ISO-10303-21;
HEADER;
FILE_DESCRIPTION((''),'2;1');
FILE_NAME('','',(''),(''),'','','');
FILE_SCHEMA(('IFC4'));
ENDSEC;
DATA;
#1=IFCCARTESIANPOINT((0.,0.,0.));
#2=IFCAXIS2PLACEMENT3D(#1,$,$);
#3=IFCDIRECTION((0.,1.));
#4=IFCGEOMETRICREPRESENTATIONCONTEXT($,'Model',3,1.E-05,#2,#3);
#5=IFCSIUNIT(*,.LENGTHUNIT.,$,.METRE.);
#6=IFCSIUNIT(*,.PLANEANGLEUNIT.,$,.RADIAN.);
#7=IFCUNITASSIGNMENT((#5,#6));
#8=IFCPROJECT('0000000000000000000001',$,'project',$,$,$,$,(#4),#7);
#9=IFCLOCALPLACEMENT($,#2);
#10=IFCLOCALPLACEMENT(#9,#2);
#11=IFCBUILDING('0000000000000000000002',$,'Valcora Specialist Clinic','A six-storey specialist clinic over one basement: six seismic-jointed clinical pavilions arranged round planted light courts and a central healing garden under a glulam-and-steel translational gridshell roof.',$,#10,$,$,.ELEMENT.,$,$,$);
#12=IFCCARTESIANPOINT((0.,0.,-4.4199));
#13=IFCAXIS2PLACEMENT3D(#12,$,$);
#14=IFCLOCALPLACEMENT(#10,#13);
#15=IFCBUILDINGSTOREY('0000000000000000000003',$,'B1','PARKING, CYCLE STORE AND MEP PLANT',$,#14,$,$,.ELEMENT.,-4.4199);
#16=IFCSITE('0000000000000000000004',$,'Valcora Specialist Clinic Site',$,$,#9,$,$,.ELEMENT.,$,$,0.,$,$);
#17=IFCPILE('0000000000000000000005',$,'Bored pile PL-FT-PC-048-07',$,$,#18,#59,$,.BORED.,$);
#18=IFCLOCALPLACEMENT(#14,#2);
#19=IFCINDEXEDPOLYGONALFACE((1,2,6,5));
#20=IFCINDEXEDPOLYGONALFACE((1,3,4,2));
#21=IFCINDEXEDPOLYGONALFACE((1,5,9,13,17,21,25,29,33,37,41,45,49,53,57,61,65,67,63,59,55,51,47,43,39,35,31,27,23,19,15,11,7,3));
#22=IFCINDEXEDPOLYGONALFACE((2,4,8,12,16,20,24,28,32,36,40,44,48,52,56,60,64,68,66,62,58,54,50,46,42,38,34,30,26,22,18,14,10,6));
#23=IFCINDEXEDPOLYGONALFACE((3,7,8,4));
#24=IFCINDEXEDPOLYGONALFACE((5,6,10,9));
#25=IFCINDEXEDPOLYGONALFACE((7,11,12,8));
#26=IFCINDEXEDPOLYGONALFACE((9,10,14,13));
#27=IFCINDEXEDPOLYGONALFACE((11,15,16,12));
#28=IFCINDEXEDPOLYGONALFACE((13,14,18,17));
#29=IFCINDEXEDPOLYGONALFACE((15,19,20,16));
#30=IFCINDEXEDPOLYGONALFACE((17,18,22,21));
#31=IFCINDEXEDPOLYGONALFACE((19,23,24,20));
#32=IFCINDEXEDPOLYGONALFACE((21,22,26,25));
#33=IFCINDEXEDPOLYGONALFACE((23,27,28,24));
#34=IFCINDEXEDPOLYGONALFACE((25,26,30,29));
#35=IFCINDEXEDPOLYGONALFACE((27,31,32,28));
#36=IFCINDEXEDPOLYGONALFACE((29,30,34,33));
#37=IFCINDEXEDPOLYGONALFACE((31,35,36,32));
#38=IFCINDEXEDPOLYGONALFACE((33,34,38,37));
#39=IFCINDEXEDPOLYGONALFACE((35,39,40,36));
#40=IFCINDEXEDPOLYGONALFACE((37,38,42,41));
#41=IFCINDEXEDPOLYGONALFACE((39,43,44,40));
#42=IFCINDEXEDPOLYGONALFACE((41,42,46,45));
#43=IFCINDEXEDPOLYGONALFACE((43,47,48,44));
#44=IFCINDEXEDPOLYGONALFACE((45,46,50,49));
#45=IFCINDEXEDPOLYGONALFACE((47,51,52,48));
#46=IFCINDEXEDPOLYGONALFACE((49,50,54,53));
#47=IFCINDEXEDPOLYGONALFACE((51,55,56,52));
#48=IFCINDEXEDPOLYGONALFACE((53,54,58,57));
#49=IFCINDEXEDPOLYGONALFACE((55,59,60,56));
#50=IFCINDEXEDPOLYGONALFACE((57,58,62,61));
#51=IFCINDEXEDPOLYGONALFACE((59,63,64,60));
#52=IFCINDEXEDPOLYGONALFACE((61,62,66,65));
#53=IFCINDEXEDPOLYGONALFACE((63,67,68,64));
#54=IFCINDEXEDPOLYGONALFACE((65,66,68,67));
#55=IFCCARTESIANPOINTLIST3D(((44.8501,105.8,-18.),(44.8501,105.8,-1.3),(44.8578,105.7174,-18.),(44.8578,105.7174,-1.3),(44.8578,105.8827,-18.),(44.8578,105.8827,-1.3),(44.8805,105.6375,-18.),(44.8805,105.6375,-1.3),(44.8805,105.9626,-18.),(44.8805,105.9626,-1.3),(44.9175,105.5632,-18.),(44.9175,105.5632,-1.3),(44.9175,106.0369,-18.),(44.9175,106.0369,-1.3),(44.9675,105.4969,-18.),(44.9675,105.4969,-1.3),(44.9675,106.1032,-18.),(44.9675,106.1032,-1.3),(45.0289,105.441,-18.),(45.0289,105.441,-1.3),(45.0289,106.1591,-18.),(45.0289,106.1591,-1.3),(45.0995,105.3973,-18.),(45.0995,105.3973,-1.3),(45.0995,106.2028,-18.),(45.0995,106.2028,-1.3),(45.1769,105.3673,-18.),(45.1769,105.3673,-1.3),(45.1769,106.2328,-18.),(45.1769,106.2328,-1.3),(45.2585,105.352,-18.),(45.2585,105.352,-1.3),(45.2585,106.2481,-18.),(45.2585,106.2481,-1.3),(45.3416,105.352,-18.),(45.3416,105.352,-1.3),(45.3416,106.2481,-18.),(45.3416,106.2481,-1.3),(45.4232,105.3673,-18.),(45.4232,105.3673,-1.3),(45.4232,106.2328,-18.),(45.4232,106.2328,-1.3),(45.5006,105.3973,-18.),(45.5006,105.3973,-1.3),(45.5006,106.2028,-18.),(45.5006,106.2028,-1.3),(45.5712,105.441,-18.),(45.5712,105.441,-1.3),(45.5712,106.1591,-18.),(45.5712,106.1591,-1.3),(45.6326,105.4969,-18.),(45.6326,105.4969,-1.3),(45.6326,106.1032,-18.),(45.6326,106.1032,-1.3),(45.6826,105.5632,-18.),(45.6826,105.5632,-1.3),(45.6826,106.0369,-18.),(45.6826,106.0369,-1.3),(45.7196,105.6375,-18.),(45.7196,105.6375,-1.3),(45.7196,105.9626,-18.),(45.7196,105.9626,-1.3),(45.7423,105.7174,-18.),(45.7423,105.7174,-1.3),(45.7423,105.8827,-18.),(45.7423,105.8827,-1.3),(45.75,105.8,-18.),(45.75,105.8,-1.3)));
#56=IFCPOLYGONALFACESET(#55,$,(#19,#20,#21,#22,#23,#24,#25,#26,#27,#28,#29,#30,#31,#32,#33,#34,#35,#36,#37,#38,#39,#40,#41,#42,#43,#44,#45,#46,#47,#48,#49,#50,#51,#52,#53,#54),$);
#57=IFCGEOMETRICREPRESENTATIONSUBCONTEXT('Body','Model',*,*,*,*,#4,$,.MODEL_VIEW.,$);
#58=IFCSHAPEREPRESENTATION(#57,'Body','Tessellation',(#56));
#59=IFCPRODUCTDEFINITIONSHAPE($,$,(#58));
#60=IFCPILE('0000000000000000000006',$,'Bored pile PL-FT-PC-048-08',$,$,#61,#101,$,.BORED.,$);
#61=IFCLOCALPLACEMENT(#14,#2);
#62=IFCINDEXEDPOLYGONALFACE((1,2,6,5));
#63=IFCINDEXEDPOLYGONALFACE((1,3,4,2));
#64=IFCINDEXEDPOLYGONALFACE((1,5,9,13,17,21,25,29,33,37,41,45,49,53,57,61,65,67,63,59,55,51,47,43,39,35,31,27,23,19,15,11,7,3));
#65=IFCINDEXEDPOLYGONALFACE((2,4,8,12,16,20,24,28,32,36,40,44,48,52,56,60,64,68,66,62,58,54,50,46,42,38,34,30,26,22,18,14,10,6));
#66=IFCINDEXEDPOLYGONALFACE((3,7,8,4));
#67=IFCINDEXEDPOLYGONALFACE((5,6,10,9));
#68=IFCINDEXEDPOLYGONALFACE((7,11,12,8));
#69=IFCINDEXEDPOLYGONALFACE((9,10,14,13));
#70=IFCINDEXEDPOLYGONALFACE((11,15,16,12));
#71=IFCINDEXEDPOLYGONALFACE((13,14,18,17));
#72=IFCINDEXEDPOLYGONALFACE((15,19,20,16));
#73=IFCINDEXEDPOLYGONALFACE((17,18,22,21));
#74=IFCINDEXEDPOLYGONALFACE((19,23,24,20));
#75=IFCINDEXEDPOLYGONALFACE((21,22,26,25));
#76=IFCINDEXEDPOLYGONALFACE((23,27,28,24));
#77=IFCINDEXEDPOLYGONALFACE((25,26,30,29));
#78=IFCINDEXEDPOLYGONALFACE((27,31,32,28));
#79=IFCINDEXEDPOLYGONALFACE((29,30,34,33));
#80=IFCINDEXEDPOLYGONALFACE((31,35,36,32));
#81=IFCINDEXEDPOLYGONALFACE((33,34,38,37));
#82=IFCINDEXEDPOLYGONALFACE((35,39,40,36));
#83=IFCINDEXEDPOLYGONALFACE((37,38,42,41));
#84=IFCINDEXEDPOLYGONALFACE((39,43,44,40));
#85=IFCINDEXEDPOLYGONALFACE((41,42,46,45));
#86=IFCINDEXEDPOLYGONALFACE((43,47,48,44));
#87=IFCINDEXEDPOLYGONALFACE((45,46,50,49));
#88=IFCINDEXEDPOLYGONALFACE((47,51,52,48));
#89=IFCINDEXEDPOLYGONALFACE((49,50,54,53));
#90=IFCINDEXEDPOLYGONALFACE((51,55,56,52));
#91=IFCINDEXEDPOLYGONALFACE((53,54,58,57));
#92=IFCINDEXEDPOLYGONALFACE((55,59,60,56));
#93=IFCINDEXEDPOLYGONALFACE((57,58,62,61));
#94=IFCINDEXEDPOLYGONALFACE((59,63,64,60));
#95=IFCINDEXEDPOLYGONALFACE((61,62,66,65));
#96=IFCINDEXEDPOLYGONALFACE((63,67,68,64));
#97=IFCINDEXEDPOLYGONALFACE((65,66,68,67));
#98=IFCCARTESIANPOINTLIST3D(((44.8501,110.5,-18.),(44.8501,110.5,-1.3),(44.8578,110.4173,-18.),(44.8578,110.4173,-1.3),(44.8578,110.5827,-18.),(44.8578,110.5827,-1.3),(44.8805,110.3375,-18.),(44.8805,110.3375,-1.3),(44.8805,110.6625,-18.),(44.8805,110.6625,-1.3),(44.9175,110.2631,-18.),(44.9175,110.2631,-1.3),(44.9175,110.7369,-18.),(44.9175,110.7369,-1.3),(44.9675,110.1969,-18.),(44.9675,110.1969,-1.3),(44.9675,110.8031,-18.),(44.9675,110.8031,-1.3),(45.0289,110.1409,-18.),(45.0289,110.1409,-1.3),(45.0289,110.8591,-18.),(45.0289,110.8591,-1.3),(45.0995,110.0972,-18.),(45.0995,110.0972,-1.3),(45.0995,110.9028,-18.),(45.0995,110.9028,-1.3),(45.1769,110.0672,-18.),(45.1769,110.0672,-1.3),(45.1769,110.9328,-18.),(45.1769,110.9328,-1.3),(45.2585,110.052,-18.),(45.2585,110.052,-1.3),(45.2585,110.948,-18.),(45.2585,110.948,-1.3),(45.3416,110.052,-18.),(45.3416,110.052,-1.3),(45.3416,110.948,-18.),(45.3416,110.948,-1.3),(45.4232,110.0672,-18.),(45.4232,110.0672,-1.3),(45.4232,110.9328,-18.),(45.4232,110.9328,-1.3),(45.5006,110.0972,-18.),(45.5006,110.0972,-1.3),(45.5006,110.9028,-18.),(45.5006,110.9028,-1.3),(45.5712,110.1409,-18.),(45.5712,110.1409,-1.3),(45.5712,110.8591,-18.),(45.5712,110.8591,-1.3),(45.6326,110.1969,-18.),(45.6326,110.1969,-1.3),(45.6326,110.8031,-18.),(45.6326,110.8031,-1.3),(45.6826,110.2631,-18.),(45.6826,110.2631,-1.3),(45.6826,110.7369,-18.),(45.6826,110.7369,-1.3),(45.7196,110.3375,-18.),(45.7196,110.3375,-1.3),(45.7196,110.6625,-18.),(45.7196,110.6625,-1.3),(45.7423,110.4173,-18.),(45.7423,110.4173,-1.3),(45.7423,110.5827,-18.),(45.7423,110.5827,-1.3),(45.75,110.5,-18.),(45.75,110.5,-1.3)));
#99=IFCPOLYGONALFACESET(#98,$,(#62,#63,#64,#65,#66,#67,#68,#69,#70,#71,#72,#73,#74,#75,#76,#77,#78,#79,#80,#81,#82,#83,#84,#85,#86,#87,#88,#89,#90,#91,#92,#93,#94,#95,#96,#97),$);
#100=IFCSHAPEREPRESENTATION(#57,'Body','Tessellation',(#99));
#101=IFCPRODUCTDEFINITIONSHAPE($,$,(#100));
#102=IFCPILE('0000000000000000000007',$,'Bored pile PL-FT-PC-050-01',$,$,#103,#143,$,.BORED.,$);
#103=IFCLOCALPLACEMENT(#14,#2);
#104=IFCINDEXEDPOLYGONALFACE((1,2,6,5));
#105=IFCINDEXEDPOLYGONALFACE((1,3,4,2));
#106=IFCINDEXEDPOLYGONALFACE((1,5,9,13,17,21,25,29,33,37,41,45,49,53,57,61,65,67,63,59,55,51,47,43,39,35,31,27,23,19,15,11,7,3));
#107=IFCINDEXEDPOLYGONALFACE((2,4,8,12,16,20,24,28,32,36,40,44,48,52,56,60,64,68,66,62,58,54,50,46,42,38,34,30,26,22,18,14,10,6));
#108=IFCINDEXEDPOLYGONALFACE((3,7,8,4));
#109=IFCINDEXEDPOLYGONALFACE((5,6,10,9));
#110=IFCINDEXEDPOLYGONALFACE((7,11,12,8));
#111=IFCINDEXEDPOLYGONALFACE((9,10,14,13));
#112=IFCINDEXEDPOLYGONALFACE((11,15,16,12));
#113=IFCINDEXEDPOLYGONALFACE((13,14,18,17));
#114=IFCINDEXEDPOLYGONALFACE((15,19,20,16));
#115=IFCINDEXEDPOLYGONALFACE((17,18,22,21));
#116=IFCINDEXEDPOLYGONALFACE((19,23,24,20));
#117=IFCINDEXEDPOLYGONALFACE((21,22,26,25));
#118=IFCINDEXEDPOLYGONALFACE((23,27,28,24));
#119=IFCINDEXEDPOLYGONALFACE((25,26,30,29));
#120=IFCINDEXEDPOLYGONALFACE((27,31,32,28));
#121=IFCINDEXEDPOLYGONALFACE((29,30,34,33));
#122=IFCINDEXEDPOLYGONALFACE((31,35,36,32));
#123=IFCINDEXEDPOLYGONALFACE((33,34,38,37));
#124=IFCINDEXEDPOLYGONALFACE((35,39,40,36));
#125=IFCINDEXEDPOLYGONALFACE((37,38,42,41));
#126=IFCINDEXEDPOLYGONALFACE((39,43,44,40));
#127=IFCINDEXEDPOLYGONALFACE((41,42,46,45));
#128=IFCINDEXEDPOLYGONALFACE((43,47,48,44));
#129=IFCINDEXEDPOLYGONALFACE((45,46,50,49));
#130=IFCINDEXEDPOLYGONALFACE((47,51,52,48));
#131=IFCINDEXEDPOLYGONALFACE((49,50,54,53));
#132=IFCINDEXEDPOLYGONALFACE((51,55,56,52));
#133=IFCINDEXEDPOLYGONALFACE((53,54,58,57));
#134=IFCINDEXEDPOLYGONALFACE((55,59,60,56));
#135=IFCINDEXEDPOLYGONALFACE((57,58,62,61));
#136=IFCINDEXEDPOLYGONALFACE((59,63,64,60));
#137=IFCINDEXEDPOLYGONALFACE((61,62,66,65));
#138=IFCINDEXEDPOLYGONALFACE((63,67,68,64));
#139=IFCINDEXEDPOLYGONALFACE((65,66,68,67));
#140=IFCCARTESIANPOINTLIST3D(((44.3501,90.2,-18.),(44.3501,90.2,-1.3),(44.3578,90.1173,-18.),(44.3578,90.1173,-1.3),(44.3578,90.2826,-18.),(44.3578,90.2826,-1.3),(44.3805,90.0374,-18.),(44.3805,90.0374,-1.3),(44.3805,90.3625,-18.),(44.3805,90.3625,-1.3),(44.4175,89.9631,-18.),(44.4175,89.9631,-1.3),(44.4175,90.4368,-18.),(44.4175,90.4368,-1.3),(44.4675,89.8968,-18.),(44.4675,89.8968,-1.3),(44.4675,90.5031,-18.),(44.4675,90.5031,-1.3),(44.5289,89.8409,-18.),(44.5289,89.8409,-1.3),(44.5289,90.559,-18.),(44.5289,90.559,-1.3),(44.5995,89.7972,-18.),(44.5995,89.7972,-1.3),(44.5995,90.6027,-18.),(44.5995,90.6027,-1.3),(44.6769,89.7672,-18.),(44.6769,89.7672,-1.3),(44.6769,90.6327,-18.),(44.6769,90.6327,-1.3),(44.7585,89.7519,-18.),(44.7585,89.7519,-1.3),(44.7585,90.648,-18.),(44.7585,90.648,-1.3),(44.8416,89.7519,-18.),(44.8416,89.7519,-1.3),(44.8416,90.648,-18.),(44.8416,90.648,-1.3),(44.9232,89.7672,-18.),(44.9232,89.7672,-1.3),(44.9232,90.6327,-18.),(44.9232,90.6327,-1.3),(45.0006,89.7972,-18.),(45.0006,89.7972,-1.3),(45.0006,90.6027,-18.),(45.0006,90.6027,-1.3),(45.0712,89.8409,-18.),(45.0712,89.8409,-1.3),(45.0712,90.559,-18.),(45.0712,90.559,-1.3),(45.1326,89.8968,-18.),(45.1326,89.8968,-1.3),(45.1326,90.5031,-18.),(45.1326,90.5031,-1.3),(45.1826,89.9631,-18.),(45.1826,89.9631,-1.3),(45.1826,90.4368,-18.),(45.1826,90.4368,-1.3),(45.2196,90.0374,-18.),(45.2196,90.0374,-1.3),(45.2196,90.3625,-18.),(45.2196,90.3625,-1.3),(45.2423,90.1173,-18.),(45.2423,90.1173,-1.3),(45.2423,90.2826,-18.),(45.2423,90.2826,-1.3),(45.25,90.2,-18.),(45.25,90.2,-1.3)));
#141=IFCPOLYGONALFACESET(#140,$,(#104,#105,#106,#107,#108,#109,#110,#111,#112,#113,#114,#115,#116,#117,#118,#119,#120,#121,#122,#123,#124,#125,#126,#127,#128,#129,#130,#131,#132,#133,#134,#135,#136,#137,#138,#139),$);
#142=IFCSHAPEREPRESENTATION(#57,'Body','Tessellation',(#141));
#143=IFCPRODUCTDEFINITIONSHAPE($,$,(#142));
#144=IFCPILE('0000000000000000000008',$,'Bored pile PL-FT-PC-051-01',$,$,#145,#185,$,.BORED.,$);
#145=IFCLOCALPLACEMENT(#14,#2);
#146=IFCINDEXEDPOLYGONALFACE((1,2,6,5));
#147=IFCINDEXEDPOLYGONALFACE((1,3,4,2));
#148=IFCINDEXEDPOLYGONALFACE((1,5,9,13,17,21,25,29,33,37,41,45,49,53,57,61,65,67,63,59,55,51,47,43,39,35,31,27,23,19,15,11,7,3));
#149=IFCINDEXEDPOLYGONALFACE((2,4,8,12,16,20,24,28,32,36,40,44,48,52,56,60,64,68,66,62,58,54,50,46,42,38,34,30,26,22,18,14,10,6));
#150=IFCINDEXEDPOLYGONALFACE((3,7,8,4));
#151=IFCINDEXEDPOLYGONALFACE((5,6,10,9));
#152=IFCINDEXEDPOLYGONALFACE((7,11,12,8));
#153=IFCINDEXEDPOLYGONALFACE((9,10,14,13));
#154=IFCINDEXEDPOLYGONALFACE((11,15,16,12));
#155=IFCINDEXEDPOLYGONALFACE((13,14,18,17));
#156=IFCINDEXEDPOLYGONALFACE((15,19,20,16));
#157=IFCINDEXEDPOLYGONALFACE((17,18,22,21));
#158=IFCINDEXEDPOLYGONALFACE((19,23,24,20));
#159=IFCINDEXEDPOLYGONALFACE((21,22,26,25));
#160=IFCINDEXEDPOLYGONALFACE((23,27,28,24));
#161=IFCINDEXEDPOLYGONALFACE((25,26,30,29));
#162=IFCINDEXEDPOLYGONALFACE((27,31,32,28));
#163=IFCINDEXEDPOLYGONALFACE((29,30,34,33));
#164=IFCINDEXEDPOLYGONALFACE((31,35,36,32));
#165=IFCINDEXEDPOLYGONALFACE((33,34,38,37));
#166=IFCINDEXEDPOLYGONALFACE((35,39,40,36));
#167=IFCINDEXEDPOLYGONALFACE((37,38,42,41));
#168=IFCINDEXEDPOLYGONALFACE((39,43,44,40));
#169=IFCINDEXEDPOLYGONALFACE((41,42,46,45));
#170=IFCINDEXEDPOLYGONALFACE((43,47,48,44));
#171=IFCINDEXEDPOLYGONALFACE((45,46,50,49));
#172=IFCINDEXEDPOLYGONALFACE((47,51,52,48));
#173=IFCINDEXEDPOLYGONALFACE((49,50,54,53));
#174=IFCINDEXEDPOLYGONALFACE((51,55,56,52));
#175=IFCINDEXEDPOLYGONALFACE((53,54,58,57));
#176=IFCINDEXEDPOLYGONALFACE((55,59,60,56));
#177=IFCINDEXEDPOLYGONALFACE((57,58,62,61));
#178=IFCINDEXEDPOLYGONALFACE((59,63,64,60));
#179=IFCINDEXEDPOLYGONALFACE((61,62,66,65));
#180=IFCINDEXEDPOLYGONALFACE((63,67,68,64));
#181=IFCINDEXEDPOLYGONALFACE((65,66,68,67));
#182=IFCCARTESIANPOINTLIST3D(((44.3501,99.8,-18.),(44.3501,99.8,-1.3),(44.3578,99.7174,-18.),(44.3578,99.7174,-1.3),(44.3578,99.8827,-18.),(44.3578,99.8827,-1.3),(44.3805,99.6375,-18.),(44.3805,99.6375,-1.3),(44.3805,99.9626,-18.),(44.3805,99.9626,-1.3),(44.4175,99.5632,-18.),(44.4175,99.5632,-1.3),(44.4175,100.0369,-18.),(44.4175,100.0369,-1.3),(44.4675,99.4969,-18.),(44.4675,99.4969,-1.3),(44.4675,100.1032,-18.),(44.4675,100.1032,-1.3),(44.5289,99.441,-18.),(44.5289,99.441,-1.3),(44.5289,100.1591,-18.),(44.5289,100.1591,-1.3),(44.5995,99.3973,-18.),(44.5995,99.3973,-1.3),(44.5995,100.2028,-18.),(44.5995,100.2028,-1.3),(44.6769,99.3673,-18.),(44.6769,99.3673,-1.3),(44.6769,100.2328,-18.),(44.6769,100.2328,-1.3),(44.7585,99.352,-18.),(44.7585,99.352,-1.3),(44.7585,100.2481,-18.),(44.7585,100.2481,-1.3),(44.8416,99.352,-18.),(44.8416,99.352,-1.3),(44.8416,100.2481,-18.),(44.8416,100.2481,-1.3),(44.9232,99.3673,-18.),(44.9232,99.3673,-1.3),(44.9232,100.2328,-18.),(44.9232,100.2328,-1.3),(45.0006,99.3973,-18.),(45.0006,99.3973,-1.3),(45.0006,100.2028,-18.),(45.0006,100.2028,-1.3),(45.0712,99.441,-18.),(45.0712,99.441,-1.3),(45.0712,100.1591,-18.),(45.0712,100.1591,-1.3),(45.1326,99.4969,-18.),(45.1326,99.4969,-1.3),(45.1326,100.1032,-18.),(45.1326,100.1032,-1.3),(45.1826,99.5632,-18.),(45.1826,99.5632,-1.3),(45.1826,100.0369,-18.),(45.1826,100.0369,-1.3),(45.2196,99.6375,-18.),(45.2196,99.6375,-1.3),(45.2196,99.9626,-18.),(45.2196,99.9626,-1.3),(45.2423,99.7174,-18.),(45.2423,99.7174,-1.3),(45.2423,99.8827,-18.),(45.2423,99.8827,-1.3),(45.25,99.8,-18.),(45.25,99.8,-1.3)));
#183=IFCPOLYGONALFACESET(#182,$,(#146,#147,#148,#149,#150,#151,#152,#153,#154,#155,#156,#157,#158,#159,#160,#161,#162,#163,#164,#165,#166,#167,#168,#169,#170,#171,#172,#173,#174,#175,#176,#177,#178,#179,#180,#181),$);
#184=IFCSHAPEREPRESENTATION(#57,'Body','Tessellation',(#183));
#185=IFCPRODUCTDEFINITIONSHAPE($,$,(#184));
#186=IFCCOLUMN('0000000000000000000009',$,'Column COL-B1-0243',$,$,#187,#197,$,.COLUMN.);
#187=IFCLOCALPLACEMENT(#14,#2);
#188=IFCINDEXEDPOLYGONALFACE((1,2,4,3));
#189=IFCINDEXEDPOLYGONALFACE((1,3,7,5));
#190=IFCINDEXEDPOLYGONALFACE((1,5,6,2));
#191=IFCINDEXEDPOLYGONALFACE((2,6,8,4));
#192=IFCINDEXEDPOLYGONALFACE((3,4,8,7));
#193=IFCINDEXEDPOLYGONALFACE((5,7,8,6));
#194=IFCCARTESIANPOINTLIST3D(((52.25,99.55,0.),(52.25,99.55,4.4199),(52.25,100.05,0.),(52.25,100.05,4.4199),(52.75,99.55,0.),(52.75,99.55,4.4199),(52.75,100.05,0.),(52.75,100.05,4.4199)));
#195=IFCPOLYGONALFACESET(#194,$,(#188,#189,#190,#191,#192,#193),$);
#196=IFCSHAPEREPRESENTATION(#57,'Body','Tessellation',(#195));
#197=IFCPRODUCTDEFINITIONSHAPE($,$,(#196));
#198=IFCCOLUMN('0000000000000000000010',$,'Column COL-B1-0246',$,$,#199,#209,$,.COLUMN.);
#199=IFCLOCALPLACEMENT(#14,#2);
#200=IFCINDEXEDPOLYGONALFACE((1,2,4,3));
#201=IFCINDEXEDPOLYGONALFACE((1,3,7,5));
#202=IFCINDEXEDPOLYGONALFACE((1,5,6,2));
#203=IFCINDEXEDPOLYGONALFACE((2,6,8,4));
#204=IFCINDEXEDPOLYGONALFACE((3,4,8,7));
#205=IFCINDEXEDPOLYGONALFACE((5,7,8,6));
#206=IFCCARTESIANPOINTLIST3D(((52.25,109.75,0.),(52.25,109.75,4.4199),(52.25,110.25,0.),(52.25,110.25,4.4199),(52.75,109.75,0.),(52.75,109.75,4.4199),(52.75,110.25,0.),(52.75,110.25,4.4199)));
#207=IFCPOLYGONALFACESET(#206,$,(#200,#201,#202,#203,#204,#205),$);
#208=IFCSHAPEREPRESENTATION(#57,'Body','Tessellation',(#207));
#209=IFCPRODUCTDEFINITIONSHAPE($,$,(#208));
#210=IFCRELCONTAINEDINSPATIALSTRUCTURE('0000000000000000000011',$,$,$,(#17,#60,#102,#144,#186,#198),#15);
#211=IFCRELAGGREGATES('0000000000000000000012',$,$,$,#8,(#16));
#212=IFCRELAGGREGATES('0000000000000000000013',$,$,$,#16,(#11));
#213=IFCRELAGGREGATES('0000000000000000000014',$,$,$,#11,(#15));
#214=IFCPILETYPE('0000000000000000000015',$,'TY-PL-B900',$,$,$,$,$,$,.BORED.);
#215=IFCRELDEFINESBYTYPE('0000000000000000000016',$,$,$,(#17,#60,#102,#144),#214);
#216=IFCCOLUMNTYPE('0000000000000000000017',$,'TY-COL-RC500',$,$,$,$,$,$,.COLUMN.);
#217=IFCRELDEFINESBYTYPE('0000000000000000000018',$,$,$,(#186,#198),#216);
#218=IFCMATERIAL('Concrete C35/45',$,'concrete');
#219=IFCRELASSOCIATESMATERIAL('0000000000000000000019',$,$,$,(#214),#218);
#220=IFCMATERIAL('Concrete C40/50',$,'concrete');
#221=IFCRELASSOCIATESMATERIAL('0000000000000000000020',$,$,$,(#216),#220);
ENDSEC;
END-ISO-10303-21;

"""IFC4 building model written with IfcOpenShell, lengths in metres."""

from ifc_helpers import new_model, si_unit, direction, frame, origin, origin_2d, place, context, subcontext, project, spatial, rectangle, circle, extrude, material, material_profile, profile_set, type_object, element, save


model = new_model("IFC4")

# Units and contexts
model_context = context("Model", 3, precision=1e-05, world=origin(), true_north=direction((0.0, 1.0)))
body_context = subcontext(model_context, "Body", "Model", "MODEL_VIEW")
ifc_project = project(units=[si_unit("LENGTHUNIT", "METRE"), si_unit("PLANEANGLEUNIT", "RADIAN")], contexts=[model_context])

# Site, building, storey
site_placement = place(None, origin())
site = spatial("IfcSite", under=ifc_project, at=site_placement, Name="Valcora Specialist Clinic Site", CompositionType="ELEMENT", RefElevation=0.0)
building_placement = place(site_placement, origin())
building = spatial("IfcBuilding", under=site, at=building_placement, Name="Valcora Specialist Clinic", Description="A six-storey specialist clinic over one basement: six seismic-jointed clinical pavilions arranged round planted light courts and a central healing garden under a glulam-and-steel translational gridshell roof.", CompositionType="ELEMENT")
storey_placement = place(building_placement, frame((0.0, 0.0, -4.4199)))
storey = spatial("IfcBuildingStorey", under=building, at=storey_placement, Name="B1", Description="PARKING, CYCLE STORE AND MEP PLANT", CompositionType="ELEMENT", Elevation=-4.4199)

# Shared definitions
ifc_material_1 = material(Name="Concrete C35/45", Category="concrete")

# Piles
ifc_material_profile_1 = material_profile(ifc_material_1, circle(Radius=0.45, at=origin_2d()), Name="RC-PIL-D900")
ifc_profile_set_1 = profile_set([ifc_material_profile_1], Name="Concrete C35/45")
pile_type_1 = type_object("IfcPileType", Name="TY-PL-B900", PredefinedType="BORED", material=ifc_profile_set_1)
for number, where, z_axis, x_axis, name in (
    (1, (45.3, 105.8, -1.3), (0.0, 0.0, -1.0), (1.0, 0.0, 0.0), "Bored pile PL-FT-PC-048-07"),
    (2, (45.3, 110.5, -1.3), (0.0, 0.0, -1.0), (1.0, 0.0, 0.0), "Bored pile PL-FT-PC-048-08"),
    (3, (44.8, 90.2, -1.3), (0.0, 0.0, -1.0), (1.0, 0.0, 0.0), "Bored pile PL-FT-PC-050-01"),
    (4, (44.8, 99.8, -1.3), (0.0, 0.0, -1.0), (1.0, 0.0, 0.0), "Bored pile PL-FT-PC-051-01"),
):
    element("IfcPile", number, at=place(storey_placement, frame(where, z_axis=z_axis, x_axis=x_axis)), inside=storey, type_object=pile_type_1, Name=name, PredefinedType="BORED", context=body_context, shape_type="SweptSolid", body=[
        extrude(circle(Radius=0.45, at=origin_2d()), origin(), (0.0, 0.0, 1.0), 16.7),
    ])

# Columns
ifc_material_2 = material(Name="Concrete C40/50", Category="concrete")
ifc_material_profile_2 = material_profile(ifc_material_2, rectangle(XDim=0.5, YDim=0.5, at=origin_2d()), Name="RC-COL-500X500")
ifc_profile_set_2 = profile_set([ifc_material_profile_2], Name="Concrete C40/50")
column_type_1 = type_object("IfcColumnType", Name="TY-COL-RC500", PredefinedType="COLUMN", material=ifc_profile_set_2)
for number, where, z_axis, x_axis, name in (
    (5, (52.5, 99.8, 0.0), (0.0, 0.0, 1.0), (1.0, 0.0, 0.0), "Column COL-B1-0243"),
    (6, (52.5, 110.0, 0.0), (0.0, 0.0, 1.0), (1.0, 0.0, 0.0), "Column COL-B1-0246"),
):
    element("IfcColumn", number, at=place(storey_placement, frame(where, z_axis=z_axis, x_axis=x_axis)), inside=storey, type_object=column_type_1, Name=name, PredefinedType="COLUMN", context=body_context, shape_type="SweptSolid", body=[
        extrude(rectangle(XDim=0.5, YDim=0.5, at=origin_2d()), origin(), (0.0, 0.0, 1.0), 4.4199),
    ])

save(model, "model.ifc")
